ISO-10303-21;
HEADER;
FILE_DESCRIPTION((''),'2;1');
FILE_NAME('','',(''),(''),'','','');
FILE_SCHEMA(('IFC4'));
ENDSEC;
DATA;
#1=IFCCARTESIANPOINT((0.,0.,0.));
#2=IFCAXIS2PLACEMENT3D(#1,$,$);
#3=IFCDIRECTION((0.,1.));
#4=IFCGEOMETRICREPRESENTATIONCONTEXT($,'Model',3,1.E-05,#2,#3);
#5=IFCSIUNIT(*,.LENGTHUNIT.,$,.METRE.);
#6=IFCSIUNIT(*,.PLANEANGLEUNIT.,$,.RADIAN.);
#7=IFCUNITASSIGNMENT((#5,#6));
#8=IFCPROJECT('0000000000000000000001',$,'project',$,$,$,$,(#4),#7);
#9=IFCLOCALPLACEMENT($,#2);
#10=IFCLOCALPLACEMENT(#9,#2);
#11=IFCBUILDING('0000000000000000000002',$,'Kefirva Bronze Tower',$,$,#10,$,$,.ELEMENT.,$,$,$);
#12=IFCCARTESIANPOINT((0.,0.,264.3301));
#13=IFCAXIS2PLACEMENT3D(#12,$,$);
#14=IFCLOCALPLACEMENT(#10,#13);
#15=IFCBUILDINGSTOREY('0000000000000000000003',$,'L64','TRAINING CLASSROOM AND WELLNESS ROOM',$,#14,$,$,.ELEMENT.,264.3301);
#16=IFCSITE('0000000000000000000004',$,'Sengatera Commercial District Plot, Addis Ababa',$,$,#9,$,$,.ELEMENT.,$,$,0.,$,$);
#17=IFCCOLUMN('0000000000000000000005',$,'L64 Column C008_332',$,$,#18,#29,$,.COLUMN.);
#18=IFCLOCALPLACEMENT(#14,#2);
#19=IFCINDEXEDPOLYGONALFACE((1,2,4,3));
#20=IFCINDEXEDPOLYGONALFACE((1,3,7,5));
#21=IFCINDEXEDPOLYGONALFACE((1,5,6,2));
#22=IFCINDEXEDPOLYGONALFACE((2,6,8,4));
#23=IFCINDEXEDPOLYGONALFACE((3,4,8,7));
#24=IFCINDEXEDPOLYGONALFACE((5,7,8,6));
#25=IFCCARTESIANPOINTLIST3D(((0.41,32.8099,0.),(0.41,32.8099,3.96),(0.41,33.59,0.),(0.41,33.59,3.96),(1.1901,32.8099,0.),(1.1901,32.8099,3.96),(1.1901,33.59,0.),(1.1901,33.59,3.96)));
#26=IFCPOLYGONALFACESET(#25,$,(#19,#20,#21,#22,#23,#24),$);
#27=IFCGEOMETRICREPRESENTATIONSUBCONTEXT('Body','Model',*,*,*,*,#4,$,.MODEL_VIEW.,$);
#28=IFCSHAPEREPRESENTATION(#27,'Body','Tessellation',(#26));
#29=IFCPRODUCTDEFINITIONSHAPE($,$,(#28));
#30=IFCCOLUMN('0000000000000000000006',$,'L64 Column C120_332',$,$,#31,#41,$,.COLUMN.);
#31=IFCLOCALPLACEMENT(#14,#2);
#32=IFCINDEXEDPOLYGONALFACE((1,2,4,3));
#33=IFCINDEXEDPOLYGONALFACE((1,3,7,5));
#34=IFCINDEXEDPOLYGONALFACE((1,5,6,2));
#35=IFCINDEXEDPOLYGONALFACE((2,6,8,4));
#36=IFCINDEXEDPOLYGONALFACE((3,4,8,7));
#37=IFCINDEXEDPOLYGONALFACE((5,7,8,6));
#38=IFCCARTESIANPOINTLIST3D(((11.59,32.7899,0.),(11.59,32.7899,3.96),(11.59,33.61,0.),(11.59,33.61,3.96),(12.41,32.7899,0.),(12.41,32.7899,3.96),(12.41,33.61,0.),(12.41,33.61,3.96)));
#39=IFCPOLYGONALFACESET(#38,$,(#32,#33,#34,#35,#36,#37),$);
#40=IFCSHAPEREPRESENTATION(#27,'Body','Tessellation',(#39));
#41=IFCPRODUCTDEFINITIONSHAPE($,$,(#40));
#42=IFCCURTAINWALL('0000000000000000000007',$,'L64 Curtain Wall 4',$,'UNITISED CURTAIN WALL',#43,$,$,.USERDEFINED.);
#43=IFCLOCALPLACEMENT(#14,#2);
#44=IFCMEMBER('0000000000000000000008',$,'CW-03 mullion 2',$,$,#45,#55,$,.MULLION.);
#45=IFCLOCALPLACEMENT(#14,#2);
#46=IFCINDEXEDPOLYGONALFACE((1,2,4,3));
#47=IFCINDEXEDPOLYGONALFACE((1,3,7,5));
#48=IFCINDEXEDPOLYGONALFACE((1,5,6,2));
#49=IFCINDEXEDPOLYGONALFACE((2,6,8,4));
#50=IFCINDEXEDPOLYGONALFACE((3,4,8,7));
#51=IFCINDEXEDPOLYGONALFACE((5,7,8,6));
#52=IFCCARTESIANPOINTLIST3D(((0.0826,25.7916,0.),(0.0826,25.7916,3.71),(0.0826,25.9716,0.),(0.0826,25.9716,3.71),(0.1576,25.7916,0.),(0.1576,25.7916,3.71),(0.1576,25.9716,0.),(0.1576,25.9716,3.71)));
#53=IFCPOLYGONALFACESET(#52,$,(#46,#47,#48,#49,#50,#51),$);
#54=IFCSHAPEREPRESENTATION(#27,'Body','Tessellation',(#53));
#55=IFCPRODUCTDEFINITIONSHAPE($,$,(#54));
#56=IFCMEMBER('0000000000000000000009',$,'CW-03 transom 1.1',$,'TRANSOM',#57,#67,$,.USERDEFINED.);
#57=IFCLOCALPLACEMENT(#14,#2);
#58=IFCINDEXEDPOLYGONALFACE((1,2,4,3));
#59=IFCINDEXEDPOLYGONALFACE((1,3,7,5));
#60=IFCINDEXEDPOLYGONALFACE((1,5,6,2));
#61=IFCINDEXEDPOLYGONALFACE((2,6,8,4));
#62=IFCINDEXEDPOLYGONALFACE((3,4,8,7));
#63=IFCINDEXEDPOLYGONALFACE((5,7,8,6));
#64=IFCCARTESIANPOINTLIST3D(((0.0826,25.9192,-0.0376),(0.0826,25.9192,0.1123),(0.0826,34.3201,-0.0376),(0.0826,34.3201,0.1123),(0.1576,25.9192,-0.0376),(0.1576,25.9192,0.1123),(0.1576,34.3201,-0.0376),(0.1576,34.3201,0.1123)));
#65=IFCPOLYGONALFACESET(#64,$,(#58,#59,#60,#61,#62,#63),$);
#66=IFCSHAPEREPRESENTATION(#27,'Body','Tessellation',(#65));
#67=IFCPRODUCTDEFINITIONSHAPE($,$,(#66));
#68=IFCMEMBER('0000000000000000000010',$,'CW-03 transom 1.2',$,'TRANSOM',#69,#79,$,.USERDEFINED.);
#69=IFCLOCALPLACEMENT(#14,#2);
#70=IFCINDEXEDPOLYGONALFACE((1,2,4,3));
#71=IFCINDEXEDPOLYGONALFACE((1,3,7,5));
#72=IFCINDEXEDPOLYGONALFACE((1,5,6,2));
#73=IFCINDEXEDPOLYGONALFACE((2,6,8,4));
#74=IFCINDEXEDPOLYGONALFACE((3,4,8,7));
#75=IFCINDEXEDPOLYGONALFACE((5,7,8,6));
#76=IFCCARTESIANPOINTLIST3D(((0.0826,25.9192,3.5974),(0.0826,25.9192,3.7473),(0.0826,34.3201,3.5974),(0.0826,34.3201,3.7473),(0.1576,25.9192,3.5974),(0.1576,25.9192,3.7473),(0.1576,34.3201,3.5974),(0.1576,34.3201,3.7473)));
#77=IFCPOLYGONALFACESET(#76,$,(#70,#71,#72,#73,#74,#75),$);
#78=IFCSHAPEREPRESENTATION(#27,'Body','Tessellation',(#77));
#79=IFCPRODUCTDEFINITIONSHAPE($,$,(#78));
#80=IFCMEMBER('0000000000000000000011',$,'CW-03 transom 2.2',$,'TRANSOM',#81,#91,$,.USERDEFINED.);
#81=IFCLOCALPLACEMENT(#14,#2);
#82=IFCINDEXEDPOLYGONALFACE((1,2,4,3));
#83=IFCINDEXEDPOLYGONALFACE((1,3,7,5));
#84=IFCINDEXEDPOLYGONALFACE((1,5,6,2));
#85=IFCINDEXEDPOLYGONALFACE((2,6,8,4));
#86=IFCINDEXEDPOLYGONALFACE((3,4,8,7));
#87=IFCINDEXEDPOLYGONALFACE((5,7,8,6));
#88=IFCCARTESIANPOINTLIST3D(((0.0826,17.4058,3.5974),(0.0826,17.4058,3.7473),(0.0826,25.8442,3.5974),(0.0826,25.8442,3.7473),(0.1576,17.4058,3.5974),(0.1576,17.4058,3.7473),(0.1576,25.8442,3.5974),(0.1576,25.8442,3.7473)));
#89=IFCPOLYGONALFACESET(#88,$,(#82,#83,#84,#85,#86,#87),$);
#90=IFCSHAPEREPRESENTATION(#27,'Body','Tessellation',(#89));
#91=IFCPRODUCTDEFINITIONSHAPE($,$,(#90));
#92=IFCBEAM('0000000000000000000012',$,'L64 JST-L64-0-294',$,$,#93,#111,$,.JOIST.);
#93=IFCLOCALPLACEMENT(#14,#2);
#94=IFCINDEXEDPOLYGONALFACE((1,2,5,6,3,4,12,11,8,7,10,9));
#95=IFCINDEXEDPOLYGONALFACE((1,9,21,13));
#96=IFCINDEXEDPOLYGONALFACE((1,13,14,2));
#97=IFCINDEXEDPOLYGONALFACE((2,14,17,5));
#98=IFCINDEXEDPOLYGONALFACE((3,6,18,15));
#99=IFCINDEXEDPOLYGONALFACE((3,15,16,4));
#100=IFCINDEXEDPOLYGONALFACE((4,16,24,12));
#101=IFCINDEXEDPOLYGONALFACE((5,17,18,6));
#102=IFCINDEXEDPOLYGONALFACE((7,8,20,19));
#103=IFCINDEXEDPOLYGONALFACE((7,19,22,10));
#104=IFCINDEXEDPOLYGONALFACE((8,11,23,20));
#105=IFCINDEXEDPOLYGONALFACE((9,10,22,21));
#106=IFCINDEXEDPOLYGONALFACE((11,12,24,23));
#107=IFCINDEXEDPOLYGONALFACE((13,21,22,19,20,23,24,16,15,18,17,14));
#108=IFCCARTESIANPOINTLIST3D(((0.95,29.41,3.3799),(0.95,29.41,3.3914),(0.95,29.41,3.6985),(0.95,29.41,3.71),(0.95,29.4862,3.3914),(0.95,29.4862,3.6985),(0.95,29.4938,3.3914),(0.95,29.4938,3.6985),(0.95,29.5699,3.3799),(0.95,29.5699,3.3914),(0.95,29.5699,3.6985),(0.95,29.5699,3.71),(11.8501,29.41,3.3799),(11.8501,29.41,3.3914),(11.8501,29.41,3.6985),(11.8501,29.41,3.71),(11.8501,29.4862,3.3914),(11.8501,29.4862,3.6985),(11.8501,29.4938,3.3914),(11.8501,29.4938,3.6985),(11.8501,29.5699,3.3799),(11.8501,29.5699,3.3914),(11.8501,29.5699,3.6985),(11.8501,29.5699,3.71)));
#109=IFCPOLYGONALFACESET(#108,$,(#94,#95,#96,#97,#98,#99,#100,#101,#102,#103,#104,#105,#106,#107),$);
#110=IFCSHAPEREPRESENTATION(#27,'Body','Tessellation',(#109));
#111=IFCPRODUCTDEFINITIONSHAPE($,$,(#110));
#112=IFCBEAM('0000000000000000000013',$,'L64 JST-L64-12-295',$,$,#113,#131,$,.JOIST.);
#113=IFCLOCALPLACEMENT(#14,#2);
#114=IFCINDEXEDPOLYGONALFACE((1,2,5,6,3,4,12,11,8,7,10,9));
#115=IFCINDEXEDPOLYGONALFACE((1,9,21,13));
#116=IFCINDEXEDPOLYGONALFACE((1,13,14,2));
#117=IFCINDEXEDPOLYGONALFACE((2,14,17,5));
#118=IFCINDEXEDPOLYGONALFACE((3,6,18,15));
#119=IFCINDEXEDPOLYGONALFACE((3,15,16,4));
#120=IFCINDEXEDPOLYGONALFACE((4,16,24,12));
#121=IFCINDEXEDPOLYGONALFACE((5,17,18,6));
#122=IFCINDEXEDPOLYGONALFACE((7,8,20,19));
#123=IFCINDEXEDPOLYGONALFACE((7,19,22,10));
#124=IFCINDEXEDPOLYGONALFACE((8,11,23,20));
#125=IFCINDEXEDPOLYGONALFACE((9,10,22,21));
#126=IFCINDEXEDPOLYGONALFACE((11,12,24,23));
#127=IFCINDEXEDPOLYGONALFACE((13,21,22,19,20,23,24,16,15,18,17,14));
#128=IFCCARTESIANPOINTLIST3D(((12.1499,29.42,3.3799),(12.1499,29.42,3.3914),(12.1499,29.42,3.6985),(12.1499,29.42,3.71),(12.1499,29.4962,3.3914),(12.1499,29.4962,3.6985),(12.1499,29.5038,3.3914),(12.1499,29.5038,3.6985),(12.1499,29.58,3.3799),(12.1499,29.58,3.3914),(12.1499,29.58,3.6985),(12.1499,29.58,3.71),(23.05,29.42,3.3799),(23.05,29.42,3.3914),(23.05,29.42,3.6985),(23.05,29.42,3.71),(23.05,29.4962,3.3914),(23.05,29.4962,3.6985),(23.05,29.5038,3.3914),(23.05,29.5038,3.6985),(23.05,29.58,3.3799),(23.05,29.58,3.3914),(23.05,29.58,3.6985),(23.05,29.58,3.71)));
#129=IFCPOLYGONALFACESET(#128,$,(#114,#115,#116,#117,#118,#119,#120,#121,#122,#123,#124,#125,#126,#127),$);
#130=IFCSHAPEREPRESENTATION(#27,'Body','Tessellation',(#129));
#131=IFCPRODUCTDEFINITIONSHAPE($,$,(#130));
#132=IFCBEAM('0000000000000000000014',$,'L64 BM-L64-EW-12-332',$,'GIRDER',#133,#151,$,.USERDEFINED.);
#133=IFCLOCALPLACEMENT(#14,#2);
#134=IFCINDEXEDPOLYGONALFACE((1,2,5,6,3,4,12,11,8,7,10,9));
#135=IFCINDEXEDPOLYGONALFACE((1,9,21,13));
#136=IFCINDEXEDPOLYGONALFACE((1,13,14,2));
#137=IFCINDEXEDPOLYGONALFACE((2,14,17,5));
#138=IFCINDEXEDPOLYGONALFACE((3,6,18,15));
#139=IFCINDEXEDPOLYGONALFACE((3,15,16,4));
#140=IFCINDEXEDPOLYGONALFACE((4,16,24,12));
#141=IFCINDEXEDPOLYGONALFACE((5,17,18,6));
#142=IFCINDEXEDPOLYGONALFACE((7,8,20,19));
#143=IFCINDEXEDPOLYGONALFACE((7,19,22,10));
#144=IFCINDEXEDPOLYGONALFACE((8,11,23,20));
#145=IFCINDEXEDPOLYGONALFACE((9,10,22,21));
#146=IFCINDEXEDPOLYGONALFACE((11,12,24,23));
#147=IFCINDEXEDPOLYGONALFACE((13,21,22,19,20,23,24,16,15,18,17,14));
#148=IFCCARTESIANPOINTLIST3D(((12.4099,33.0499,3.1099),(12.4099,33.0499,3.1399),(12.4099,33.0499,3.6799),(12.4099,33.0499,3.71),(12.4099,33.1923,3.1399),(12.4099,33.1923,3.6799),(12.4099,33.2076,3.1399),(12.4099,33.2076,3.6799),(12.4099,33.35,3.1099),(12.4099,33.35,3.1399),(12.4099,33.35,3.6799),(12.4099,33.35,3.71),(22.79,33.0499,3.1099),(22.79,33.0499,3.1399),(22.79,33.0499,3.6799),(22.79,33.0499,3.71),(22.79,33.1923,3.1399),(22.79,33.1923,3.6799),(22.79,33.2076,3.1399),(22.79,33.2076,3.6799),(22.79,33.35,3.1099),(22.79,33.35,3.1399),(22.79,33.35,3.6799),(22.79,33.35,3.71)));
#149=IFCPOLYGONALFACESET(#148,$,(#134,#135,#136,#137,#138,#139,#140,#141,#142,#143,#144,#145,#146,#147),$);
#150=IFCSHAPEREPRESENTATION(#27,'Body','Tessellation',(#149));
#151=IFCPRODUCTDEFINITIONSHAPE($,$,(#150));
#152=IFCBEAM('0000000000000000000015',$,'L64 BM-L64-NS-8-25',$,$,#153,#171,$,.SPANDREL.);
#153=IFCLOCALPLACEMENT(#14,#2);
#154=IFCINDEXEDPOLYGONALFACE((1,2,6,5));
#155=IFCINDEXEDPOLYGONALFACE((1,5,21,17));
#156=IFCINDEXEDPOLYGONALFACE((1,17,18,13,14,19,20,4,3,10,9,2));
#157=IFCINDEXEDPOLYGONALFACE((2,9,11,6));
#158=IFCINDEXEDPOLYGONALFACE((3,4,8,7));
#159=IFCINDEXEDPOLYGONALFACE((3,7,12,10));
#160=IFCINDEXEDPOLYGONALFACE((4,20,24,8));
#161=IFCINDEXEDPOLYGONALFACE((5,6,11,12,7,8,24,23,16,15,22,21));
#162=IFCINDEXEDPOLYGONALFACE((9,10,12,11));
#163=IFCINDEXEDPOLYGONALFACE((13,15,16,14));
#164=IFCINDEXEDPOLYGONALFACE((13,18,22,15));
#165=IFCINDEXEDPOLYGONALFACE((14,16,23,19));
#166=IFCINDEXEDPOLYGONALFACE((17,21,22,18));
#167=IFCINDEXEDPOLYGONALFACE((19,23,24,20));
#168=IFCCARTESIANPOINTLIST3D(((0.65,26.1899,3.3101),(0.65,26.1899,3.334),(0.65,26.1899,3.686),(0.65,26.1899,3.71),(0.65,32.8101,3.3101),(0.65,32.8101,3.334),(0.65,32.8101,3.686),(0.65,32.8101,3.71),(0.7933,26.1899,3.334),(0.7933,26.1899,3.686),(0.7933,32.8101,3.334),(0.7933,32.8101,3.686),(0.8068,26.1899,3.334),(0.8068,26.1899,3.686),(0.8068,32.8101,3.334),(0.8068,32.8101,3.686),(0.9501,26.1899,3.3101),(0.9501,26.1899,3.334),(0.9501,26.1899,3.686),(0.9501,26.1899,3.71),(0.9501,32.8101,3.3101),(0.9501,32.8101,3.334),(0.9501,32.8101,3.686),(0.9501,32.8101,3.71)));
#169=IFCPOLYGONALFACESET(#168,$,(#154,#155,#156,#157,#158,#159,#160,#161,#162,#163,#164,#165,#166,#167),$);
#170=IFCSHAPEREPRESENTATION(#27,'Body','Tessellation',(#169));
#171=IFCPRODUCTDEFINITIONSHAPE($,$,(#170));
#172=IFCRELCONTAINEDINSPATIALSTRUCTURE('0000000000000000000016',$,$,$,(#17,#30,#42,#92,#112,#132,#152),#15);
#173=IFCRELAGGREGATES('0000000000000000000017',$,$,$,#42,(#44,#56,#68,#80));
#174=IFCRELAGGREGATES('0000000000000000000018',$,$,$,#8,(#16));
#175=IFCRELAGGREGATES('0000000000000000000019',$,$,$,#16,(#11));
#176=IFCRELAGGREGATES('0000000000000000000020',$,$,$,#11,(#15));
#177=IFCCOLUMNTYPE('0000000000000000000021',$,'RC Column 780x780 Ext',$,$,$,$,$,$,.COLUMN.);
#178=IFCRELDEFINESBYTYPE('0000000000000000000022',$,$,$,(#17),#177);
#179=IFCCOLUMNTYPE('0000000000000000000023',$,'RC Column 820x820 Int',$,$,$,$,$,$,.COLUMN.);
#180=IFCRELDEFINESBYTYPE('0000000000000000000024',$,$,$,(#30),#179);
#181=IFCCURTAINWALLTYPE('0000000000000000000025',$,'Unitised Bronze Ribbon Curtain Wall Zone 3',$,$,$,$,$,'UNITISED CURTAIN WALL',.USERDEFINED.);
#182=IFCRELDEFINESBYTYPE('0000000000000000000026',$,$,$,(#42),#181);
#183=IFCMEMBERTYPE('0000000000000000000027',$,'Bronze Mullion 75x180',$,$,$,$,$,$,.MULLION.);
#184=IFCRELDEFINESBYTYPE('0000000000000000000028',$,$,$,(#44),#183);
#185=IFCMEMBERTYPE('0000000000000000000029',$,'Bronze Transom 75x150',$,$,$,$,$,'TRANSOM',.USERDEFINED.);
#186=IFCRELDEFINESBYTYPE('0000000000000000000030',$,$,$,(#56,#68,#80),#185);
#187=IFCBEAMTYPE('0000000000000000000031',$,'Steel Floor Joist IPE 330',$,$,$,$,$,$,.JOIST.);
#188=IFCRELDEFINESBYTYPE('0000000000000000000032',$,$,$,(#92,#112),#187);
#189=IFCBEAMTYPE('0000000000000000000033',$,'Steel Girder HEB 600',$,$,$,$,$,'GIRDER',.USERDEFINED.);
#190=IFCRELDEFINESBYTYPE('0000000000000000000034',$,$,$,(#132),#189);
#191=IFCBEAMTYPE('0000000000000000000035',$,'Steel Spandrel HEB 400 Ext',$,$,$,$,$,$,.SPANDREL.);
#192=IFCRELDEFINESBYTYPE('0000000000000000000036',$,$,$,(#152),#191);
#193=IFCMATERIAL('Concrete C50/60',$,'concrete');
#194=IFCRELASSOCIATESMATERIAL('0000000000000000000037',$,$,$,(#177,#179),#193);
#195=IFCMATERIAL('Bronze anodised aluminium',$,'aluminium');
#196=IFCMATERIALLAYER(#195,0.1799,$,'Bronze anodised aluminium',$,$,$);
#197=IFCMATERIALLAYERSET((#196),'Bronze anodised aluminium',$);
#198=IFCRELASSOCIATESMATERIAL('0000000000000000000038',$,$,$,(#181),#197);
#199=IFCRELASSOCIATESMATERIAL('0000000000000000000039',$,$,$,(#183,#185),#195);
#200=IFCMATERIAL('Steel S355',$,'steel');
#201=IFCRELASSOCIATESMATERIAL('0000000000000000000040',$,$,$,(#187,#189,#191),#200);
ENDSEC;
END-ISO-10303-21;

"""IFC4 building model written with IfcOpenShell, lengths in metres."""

from ifc_helpers import new_model, si_unit, direction, frame, origin, origin_2d, place, context, subcontext, project, spatial, rectangle, i_section, extrude, material, layer, layer_set, material_profile, profile_set, type_object, element, aggregate, save


model = new_model("IFC4")

# Units and contexts
model_context = context("Model", 3, precision=1e-05, world=origin(), true_north=direction((0.0, 1.0)))
body_context = subcontext(model_context, "Body", "Model", "MODEL_VIEW")
ifc_project = project(units=[si_unit("LENGTHUNIT", "METRE"), si_unit("PLANEANGLEUNIT", "RADIAN")], contexts=[model_context])

# Site, building, storey
site_placement = place(None, origin())
site = spatial("IfcSite", under=ifc_project, at=site_placement, Name="Sengatera Commercial District Plot, Addis Ababa", CompositionType="ELEMENT", RefElevation=0.0)
building_placement = place(site_placement, origin())
building = spatial("IfcBuilding", under=site, at=building_placement, Name="Kefirva Bronze Tower", CompositionType="ELEMENT")
storey_placement = place(building_placement, frame((0.0, 0.0, 264.3301)))
storey = spatial("IfcBuildingStorey", under=building, at=storey_placement, Name="L64", Description="TRAINING CLASSROOM AND WELLNESS ROOM", CompositionType="ELEMENT", Elevation=264.3301)

# Columns
ifc_material_1 = material(Name="Concrete C50/60", Category="concrete")
ifc_material_profile_1 = material_profile(ifc_material_1, rectangle(XDim=0.78, YDim=0.78, at=origin_2d()), Name="RC 780x780")
ifc_profile_set_1 = profile_set([ifc_material_profile_1], Name="Concrete C50/60")
column_type_1 = type_object("IfcColumnType", Name="RC Column 780x780 Ext", PredefinedType="COLUMN", material=ifc_profile_set_1)
column_1_placement = place(storey_placement, frame((0.8, 33.2, 0.0), z_axis=(0.0, 0.0, 1.0), x_axis=(1.0, 0.0, 0.0)))
element("IfcColumn", 1, at=column_1_placement, inside=storey, type_object=column_type_1, Name="L64 Column C008_332", PredefinedType="COLUMN", context=body_context, shape_type="SweptSolid", body=[
    extrude(rectangle(XDim=0.78, YDim=0.78, at=origin_2d()), origin(), (0.0, 0.0, 1.0), 3.96),
])
ifc_material_profile_2 = material_profile(ifc_material_1, rectangle(XDim=0.8201, YDim=0.8201, at=origin_2d()), Name="RC 820x820")
ifc_profile_set_2 = profile_set([ifc_material_profile_2], Name="Concrete C50/60")
column_type_2 = type_object("IfcColumnType", Name="RC Column 820x820 Int", PredefinedType="COLUMN", material=ifc_profile_set_2)
column_2_placement = place(storey_placement, frame((12.0, 33.2, 0.0), z_axis=(0.0, 0.0, 1.0), x_axis=(1.0, 0.0, 0.0)))
element("IfcColumn", 2, at=column_2_placement, inside=storey, type_object=column_type_2, Name="L64 Column C120_332", PredefinedType="COLUMN", context=body_context, shape_type="SweptSolid", body=[
    extrude(rectangle(XDim=0.8201, YDim=0.8201, at=origin_2d()), origin(), (0.0, 0.0, 1.0), 3.96),
])

# Curtain wall, members
ifc_material_2 = material(Name="Bronze anodised aluminium", Category="aluminium")
ifc_layer_1 = layer(ifc_material_2, 0.1799, Name="Bronze anodised aluminium")
ifc_layer_set_1 = layer_set([ifc_layer_1], Name="Bronze anodised aluminium")
curtain_wall_type = type_object("IfcCurtainWallType", Name="Unitised Bronze Ribbon Curtain Wall Zone 3", ElementType="UNITISED CURTAIN WALL", PredefinedType="USERDEFINED", material=ifc_layer_set_1)
curtain_wall_placement = place(storey_placement, origin())
curtain_wall = element("IfcCurtainWall", 3, at=curtain_wall_placement, inside=storey, type_object=curtain_wall_type, Name="L64 Curtain Wall 4", ObjectType="UNITISED CURTAIN WALL", PredefinedType="USERDEFINED")
ifc_material_profile_3 = material_profile(ifc_material_2, rectangle(XDim=0.075, YDim=0.1799, at=origin_2d()), Name="ALU 75x180")
ifc_profile_set_3 = profile_set([ifc_material_profile_3], Name="Bronze anodised aluminium")
member_type_1 = type_object("IfcMemberType", Name="Bronze Mullion 75x180", PredefinedType="MULLION", material=ifc_profile_set_3)
member_1_placement = place(storey_placement, frame((0.1201, 25.8816, 0.0), z_axis=(0.0, 0.0, 1.0), x_axis=(1.0, 0.0, 0.0)))
member_1 = element("IfcMember", 4, at=member_1_placement, type_object=member_type_1, Name="CW-03 mullion 2", PredefinedType="MULLION", context=body_context, shape_type="SweptSolid", body=[
    extrude(rectangle(XDim=0.075, YDim=0.1799, at=origin_2d()), origin(), (0.0, 0.0, 1.0), 3.71),
])
ifc_material_profile_4 = material_profile(ifc_material_2, rectangle(XDim=0.075, YDim=0.1499, at=origin_2d()), Name="ALU 75x150")
ifc_profile_set_4 = profile_set([ifc_material_profile_4], Name="Bronze anodised aluminium")
member_type_2 = type_object("IfcMemberType", Name="Bronze Transom 75x150", ElementType="TRANSOM", PredefinedType="USERDEFINED", material=ifc_profile_set_4)
member_2_placement = place(storey_placement, frame((0.1201, 34.3201, 0.0374), z_axis=(0.0, -1.0, 0.0), x_axis=(1.0, 0.0, 0.0)))
member_2 = element("IfcMember", 5, at=member_2_placement, type_object=member_type_2, Name="CW-03 transom 1.1", ObjectType="TRANSOM", PredefinedType="USERDEFINED", context=body_context, shape_type="SweptSolid", body=[
    extrude(rectangle(XDim=0.075, YDim=0.1499, at=origin_2d()), origin(), (0.0, 0.0, 1.0), 8.4009),
])
member_3_placement = place(storey_placement, frame((0.1201, 34.3201, 3.6724), z_axis=(0.0, -1.0, 0.0), x_axis=(1.0, 0.0, 0.0)))
member_3 = element("IfcMember", 6, at=member_3_placement, type_object=member_type_2, Name="CW-03 transom 1.2", ObjectType="TRANSOM", PredefinedType="USERDEFINED", context=body_context, shape_type="SweptSolid", body=[
    extrude(rectangle(XDim=0.075, YDim=0.1499, at=origin_2d()), origin(), (0.0, 0.0, 1.0), 8.4009),
])
member_4_placement = place(storey_placement, frame((0.1201, 25.8442, 3.6724), z_axis=(0.0, -1.0, 0.0), x_axis=(1.0, 0.0, 0.0)))
member_4 = element("IfcMember", 7, at=member_4_placement, type_object=member_type_2, Name="CW-03 transom 2.2", ObjectType="TRANSOM", PredefinedType="USERDEFINED", context=body_context, shape_type="SweptSolid", body=[
    extrude(rectangle(XDim=0.075, YDim=0.1499, at=origin_2d()), origin(), (0.0, 0.0, 1.0), 8.4385),
])

# Beams
ifc_material_3 = material(Name="Steel S355", Category="steel")
ifc_material_profile_5 = material_profile(ifc_material_3, i_section(OverallWidth=0.1599, OverallDepth=0.3301, WebThickness=0.0076, FlangeThickness=0.0115, at=origin_2d()), Name="IPE 330")
ifc_profile_set_5 = profile_set([ifc_material_profile_5], Name="Steel S355")
beam_type_1 = type_object("IfcBeamType", Name="Steel Floor Joist IPE 330", PredefinedType="JOIST", material=ifc_profile_set_5)
for number, where, z_axis, x_axis, name in (
    (8, (0.95, 29.49, 3.5449), (1.0, 0.0, 0.0), (0.0, 1.0, 0.0), "L64 JST-L64-0-294"),
    (9, (12.1499, 29.5, 3.5449), (1.0, 0.0, 0.0), (0.0, 1.0, 0.0), "L64 JST-L64-12-295"),
):
    element("IfcBeam", number, at=place(storey_placement, frame(where, z_axis=z_axis, x_axis=x_axis)), inside=storey, type_object=beam_type_1, Name=name, PredefinedType="JOIST", context=body_context, shape_type="SweptSolid", body=[
        extrude(i_section(OverallWidth=0.1599, OverallDepth=0.3301, WebThickness=0.0076, FlangeThickness=0.0115, at=origin_2d()), origin(), (0.0, 0.0, 1.0), 10.9001),
    ])
ifc_material_profile_6 = material_profile(ifc_material_3, i_section(OverallWidth=0.3, OverallDepth=0.6001, WebThickness=0.0154, FlangeThickness=0.03, at=origin_2d()), Name="HEB 600")
ifc_profile_set_6 = profile_set([ifc_material_profile_6], Name="Steel S355")
beam_type_2 = type_object("IfcBeamType", Name="Steel Girder HEB 600", ElementType="GIRDER", PredefinedType="USERDEFINED", material=ifc_profile_set_6)
beam_1_placement = place(storey_placement, frame((12.4099, 33.2, 3.4099), z_axis=(1.0, 0.0, 0.0), x_axis=(0.0, 1.0, 0.0)))
element("IfcBeam", 10, at=beam_1_placement, inside=storey, type_object=beam_type_2, Name="L64 BM-L64-EW-12-332", ObjectType="GIRDER", PredefinedType="USERDEFINED", context=body_context, shape_type="SweptSolid", body=[
    extrude(i_section(OverallWidth=0.3, OverallDepth=0.6001, WebThickness=0.0154, FlangeThickness=0.03, at=origin_2d()), origin(), (0.0, 0.0, 1.0), 10.3801),
])
ifc_material_profile_7 = material_profile(ifc_material_3, i_section(OverallWidth=0.3, OverallDepth=0.3999, WebThickness=0.0134, FlangeThickness=0.0239, at=origin_2d()), Name="HEB 400")
ifc_profile_set_7 = profile_set([ifc_material_profile_7], Name="Steel S355")
beam_type_3 = type_object("IfcBeamType", Name="Steel Spandrel HEB 400 Ext", PredefinedType="SPANDREL", material=ifc_profile_set_7)
beam_2_placement = place(storey_placement, frame((0.8, 26.1899, 3.51), z_axis=(0.0, 1.0, 0.0), x_axis=(-1.0, 0.0, 0.0)))
element("IfcBeam", 11, at=beam_2_placement, inside=storey, type_object=beam_type_3, Name="L64 BM-L64-NS-8-25", PredefinedType="SPANDREL", context=body_context, shape_type="SweptSolid", body=[
    extrude(i_section(OverallWidth=0.3, OverallDepth=0.3999, WebThickness=0.0134, FlangeThickness=0.0239, at=origin_2d()), origin(), (0.0, 0.0, 1.0), 6.6201),
])

aggregate(curtain_wall, [member_1, member_2, member_3, member_4])

save(model, "model.ifc")
